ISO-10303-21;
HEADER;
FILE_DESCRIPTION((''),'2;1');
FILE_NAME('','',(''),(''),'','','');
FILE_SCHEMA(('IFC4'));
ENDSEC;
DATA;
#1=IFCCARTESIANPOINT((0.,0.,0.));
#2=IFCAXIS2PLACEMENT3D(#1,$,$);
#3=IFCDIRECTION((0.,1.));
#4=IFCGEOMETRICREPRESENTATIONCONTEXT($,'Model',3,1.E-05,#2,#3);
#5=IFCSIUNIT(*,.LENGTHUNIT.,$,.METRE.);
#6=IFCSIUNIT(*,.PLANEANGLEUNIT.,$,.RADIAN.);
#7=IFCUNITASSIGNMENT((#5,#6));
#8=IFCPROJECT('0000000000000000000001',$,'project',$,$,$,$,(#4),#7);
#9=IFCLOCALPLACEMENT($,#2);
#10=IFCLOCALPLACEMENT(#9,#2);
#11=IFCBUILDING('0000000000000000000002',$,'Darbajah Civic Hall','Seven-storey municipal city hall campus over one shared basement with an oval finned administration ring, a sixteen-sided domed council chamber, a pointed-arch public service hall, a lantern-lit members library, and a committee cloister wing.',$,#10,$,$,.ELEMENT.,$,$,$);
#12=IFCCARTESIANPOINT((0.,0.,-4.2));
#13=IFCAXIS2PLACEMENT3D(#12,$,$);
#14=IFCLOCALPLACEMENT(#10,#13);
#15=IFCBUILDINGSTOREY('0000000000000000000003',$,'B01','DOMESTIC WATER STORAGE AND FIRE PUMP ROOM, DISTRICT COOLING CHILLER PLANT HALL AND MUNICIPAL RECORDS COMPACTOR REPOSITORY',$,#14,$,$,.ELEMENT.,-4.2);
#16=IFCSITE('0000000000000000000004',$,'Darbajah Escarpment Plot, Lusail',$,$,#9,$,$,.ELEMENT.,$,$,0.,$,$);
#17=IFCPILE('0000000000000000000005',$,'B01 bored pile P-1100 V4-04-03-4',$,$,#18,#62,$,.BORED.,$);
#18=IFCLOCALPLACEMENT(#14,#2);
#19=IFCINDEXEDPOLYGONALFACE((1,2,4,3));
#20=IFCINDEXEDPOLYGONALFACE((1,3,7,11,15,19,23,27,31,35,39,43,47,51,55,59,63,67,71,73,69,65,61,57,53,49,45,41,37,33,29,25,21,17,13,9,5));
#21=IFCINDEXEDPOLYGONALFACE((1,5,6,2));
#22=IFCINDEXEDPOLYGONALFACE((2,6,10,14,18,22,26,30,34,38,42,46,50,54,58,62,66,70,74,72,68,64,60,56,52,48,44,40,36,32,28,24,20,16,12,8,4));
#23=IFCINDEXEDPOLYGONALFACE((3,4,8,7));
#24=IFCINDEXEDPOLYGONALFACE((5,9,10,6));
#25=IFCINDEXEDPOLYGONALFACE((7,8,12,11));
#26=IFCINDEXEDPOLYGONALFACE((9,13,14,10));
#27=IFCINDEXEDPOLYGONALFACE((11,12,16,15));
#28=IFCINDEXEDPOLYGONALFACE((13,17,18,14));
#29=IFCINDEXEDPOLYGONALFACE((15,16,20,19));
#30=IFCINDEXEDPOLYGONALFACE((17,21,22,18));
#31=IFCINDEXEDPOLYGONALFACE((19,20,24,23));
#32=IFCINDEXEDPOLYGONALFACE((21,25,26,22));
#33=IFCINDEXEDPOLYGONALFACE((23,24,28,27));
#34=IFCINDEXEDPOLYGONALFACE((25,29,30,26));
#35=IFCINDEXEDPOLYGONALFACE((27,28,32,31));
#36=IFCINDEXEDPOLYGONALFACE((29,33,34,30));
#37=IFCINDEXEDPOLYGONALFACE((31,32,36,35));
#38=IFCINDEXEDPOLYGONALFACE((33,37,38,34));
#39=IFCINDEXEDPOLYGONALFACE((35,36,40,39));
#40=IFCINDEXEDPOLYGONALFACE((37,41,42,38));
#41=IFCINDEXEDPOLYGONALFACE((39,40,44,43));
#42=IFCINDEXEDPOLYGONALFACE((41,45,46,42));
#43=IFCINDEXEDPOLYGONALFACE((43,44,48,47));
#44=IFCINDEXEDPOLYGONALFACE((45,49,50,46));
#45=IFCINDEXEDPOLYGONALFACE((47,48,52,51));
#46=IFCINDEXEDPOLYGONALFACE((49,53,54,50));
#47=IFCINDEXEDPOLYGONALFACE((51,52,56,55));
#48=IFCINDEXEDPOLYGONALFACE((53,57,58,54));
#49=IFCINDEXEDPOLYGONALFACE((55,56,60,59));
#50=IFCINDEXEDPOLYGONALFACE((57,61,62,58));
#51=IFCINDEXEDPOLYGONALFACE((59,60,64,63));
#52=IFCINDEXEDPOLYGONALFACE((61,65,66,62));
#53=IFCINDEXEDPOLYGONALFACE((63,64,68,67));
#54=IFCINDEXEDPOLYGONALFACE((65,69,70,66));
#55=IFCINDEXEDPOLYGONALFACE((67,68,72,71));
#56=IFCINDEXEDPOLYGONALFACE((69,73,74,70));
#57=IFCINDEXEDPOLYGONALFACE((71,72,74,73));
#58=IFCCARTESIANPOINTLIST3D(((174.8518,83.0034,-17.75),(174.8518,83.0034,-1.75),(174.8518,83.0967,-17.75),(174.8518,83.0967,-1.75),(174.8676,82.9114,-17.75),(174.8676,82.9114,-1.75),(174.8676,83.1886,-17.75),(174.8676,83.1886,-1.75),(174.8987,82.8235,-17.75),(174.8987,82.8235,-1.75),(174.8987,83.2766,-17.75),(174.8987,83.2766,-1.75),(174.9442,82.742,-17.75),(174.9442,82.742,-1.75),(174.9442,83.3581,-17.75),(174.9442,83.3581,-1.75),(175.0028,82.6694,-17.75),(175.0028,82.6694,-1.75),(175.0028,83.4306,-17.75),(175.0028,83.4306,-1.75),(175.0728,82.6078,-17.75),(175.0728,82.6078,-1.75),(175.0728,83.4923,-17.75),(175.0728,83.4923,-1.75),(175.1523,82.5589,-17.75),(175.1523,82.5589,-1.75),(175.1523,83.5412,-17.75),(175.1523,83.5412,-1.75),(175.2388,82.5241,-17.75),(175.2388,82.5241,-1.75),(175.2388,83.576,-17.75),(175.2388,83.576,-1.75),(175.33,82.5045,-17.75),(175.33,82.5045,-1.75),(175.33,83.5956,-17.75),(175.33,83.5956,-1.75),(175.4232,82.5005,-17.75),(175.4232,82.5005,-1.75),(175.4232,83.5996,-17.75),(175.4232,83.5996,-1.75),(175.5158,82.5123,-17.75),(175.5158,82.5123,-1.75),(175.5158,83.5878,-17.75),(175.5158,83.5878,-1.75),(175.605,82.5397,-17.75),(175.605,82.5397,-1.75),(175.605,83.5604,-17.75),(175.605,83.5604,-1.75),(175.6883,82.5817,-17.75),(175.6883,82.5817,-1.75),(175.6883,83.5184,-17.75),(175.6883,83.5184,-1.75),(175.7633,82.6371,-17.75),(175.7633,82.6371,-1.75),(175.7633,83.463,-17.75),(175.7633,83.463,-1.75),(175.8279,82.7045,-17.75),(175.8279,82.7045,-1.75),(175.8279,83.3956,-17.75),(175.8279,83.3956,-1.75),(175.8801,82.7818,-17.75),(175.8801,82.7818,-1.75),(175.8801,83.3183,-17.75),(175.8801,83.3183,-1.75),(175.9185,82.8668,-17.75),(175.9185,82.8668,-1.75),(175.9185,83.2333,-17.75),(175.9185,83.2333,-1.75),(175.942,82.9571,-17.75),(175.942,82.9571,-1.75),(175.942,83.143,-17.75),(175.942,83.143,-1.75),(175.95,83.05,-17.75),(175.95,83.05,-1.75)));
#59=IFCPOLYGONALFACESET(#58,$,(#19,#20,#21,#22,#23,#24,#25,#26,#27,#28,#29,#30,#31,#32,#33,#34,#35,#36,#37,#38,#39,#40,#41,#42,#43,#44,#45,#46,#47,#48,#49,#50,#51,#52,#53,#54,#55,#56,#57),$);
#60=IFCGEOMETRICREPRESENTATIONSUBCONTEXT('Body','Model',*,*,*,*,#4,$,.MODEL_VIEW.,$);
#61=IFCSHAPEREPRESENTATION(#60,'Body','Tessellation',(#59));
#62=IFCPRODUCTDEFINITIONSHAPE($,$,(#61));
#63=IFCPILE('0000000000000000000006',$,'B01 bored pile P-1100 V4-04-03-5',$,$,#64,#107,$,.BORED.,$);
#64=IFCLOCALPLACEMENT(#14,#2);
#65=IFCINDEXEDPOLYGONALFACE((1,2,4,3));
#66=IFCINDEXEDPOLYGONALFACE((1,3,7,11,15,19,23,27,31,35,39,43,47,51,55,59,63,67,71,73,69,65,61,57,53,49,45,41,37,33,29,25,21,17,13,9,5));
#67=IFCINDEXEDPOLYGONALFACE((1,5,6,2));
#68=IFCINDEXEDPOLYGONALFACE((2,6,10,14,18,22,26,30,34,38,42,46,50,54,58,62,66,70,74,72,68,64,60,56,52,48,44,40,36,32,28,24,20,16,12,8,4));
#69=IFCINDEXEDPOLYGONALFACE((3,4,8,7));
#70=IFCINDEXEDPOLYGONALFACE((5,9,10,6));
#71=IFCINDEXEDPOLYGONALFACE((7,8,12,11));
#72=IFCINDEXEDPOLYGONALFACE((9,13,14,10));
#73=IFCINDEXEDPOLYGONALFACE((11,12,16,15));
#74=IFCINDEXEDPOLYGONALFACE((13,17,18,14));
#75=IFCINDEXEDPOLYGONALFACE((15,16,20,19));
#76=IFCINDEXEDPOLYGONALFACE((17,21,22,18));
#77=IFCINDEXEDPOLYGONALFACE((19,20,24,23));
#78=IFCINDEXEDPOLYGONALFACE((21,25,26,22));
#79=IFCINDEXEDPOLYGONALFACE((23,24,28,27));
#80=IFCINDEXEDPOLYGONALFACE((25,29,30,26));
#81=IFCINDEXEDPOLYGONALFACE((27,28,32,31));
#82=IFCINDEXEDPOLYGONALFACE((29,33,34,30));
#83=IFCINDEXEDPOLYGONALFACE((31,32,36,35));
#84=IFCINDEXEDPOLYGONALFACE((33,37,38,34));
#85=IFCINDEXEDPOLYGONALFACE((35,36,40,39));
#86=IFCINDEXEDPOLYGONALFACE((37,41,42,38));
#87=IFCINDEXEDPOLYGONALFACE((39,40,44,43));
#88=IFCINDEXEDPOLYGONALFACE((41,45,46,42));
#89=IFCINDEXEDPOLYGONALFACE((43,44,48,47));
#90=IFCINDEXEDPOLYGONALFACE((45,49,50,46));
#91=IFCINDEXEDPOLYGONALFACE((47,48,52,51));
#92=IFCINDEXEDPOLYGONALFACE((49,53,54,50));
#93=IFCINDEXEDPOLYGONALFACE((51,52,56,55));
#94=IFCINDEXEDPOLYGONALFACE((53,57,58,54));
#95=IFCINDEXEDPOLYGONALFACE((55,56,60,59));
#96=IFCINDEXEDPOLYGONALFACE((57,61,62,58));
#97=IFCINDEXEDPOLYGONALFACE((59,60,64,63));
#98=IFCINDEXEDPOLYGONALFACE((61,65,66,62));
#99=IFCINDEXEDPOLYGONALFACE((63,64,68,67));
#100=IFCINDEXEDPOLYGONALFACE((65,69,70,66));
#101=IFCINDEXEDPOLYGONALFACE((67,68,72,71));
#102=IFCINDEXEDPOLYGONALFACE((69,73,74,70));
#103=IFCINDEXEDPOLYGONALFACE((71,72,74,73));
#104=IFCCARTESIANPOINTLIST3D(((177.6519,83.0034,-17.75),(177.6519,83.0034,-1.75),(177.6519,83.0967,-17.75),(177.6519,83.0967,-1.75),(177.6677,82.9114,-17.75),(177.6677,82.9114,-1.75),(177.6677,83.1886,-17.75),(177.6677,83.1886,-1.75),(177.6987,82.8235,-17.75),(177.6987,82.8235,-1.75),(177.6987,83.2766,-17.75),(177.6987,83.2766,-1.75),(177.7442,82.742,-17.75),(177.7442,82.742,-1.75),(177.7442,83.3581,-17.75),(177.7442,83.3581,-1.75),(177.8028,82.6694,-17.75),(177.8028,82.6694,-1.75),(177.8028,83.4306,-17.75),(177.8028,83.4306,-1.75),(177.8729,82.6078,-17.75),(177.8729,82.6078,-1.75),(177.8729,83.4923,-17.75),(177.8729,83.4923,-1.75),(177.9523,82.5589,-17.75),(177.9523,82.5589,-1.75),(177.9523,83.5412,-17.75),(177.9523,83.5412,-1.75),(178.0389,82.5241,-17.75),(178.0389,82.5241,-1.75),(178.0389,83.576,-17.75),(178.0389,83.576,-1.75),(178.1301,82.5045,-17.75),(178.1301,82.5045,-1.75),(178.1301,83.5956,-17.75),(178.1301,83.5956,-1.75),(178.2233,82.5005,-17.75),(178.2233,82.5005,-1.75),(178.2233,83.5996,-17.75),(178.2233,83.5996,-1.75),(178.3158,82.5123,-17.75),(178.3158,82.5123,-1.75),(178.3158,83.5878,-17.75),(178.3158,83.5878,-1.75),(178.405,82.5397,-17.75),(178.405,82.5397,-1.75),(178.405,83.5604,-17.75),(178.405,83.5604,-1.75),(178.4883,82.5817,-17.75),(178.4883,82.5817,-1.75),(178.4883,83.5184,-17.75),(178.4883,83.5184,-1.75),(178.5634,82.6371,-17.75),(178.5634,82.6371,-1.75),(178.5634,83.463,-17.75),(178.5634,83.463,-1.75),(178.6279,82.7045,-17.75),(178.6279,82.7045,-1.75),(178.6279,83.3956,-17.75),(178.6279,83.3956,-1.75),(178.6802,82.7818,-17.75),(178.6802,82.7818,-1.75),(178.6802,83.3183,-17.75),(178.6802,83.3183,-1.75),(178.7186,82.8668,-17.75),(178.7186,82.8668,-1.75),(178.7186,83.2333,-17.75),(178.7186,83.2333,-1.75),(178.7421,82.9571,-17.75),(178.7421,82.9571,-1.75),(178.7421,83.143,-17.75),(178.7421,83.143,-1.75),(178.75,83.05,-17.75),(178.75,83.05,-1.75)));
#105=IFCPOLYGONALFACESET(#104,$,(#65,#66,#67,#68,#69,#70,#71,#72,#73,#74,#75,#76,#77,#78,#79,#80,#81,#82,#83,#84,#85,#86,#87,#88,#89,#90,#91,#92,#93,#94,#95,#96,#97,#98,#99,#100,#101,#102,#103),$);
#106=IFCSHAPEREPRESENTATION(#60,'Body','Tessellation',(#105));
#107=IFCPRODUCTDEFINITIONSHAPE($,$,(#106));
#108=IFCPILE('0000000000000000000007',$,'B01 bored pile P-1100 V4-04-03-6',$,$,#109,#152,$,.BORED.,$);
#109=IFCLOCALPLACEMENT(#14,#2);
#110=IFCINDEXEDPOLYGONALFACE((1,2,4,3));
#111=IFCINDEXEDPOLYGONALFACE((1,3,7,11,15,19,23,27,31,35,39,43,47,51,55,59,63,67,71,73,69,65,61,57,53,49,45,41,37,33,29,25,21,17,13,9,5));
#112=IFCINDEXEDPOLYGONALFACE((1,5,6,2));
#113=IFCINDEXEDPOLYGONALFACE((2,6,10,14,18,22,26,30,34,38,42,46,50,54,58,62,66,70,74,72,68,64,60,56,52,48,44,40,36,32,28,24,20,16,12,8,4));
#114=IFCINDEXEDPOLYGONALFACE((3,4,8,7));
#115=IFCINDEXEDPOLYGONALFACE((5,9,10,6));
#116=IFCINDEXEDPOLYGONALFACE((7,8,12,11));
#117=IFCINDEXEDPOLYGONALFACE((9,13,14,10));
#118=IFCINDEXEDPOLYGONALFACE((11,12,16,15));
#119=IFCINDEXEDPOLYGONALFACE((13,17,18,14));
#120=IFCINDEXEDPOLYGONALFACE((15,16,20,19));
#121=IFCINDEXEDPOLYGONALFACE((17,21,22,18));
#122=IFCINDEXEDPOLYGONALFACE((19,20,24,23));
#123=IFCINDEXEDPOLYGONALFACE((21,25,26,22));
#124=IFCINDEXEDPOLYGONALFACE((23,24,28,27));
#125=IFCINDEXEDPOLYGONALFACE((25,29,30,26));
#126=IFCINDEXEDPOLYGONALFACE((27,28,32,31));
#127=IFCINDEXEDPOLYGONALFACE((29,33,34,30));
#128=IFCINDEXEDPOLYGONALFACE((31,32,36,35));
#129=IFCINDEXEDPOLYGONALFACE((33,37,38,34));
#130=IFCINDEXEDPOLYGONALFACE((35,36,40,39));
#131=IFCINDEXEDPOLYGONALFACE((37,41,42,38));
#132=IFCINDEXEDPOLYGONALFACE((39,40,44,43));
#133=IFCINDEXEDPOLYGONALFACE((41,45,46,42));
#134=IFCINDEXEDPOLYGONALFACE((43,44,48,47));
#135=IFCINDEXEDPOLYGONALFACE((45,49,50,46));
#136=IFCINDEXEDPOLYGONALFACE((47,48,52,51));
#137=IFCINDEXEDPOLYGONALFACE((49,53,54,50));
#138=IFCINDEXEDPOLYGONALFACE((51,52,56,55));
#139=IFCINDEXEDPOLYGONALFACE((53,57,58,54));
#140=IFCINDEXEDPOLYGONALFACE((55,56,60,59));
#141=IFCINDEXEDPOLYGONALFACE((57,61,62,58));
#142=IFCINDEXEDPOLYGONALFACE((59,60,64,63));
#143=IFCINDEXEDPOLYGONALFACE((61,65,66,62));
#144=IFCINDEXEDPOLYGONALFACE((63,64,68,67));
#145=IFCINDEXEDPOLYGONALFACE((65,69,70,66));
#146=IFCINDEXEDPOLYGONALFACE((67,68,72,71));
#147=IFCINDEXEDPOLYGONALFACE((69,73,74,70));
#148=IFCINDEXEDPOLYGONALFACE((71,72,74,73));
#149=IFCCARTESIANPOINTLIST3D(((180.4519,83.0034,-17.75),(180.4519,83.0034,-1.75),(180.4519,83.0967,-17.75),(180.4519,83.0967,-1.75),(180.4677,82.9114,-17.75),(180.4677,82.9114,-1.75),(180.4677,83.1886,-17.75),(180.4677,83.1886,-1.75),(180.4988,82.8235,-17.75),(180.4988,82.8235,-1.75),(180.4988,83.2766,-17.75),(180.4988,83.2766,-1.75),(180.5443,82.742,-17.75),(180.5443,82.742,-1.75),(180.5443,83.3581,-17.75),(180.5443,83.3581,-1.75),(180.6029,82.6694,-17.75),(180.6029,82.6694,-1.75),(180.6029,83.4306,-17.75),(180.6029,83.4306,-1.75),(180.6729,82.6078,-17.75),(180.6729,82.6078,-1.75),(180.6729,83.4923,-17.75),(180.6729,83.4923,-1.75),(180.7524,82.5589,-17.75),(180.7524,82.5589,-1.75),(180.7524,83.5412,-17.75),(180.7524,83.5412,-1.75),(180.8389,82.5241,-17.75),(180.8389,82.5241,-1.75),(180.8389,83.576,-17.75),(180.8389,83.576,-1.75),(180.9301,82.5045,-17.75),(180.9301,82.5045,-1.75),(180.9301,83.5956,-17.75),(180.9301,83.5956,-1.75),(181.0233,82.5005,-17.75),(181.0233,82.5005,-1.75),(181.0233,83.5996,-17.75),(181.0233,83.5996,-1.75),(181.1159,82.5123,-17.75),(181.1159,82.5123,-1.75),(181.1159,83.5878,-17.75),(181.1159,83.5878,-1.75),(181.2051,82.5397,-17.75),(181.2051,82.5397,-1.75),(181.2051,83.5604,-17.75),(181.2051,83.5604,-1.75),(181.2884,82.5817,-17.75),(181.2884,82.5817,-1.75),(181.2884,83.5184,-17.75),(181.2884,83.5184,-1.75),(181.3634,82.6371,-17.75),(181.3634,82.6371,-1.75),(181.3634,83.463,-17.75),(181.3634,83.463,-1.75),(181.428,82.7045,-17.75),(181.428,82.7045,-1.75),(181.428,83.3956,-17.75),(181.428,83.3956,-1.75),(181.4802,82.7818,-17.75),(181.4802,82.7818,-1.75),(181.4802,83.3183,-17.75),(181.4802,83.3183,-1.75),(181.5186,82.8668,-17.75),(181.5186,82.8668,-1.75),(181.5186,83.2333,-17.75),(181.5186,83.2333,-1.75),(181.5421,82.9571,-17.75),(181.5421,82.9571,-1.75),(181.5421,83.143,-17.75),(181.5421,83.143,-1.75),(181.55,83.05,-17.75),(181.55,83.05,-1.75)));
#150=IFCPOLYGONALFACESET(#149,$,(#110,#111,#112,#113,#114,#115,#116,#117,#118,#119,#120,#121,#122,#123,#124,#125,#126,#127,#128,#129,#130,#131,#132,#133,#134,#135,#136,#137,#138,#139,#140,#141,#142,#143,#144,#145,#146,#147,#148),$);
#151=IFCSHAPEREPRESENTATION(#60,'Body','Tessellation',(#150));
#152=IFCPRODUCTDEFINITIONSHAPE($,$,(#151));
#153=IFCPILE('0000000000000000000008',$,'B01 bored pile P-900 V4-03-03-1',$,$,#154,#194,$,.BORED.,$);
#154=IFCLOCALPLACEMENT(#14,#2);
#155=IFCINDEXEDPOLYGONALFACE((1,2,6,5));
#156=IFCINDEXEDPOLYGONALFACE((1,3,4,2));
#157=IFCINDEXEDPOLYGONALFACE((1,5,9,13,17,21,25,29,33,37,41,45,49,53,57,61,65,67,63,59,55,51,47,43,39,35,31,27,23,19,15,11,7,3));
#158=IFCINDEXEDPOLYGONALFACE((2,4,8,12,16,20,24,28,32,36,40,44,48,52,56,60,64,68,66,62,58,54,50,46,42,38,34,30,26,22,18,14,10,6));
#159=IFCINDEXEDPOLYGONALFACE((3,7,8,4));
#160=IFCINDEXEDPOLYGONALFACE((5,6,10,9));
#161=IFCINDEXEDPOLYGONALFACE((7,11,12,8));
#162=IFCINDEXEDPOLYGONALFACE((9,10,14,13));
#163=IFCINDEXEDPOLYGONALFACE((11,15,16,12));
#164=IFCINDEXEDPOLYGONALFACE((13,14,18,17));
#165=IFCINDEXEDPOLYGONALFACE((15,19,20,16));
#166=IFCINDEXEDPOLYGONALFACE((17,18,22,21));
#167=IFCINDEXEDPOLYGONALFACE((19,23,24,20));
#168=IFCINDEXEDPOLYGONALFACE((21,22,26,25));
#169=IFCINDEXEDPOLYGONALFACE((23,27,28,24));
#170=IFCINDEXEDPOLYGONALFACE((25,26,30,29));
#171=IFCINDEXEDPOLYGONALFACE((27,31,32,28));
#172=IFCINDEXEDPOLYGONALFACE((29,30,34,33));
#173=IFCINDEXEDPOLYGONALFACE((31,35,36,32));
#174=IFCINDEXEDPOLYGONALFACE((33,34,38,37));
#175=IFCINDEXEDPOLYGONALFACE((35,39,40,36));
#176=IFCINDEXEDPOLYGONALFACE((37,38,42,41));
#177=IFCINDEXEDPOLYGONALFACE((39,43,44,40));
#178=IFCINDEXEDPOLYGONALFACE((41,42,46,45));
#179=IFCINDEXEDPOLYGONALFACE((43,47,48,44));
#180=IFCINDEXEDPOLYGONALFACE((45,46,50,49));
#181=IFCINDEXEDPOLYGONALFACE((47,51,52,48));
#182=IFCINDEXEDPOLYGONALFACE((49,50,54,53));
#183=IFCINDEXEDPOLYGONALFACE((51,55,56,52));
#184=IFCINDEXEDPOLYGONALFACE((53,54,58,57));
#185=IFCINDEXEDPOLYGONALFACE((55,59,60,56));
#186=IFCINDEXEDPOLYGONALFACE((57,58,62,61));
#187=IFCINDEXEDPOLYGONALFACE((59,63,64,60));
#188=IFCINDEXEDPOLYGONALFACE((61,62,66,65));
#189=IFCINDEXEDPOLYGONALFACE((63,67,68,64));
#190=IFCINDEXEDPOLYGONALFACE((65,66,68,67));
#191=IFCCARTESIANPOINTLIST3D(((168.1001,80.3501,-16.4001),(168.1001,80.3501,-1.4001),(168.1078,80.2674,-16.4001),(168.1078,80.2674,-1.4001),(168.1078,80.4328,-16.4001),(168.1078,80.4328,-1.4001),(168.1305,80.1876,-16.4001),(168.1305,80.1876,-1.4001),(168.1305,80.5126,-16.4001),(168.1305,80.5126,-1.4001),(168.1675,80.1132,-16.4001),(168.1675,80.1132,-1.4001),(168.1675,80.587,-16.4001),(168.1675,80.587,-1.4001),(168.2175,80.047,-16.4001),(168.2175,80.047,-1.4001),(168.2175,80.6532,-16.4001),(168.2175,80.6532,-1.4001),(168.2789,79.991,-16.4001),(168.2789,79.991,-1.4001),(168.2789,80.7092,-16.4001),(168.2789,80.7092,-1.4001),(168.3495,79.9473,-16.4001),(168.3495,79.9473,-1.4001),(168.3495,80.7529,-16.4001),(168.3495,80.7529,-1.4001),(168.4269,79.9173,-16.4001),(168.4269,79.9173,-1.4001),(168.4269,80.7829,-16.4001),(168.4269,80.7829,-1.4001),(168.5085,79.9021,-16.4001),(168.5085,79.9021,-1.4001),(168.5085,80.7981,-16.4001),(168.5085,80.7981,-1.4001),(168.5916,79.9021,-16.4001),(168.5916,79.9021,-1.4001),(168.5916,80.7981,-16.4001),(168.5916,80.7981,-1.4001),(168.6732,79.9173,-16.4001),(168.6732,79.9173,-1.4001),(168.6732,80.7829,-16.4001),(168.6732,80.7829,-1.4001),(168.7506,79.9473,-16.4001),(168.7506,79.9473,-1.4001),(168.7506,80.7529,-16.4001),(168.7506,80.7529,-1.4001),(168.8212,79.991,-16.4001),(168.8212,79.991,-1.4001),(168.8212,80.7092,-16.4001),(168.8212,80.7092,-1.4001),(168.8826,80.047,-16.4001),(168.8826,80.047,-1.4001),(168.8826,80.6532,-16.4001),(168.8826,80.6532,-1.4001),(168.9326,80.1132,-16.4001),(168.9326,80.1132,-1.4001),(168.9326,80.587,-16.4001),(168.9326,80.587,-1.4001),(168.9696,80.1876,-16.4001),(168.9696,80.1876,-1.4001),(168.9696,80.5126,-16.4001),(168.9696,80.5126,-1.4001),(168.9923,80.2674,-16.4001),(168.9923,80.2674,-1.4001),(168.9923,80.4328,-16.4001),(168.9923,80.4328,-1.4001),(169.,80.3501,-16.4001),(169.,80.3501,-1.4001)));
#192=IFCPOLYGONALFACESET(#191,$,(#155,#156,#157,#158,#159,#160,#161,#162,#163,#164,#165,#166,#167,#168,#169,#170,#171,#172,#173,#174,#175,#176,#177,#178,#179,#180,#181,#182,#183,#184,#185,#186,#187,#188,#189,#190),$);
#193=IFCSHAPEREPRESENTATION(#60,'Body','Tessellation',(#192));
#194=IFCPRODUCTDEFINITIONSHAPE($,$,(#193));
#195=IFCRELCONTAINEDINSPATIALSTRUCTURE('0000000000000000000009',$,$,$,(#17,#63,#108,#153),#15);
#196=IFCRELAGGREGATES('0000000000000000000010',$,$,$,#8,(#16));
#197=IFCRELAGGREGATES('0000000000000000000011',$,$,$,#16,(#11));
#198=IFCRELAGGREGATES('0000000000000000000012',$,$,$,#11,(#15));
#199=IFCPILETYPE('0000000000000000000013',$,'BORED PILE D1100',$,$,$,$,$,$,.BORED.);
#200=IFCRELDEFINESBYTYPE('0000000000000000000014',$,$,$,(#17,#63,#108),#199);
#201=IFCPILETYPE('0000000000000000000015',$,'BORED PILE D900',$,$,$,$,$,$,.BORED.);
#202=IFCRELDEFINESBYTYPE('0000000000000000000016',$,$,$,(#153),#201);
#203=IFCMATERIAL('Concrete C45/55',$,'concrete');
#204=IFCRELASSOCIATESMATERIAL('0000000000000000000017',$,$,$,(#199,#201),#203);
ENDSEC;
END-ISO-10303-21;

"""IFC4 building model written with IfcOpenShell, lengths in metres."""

from ifc_helpers import new_model, si_unit, direction, frame, origin, origin_2d, place, context, subcontext, project, spatial, circle, extrude, material, material_profile, profile_set, type_object, element, save


model = new_model("IFC4")

# Units and contexts
model_context = context("Model", 3, precision=1e-05, world=origin(), true_north=direction((0.0, 1.0)))
body_context = subcontext(model_context, "Body", "Model", "MODEL_VIEW")
ifc_project = project(units=[si_unit("LENGTHUNIT", "METRE"), si_unit("PLANEANGLEUNIT", "RADIAN")], contexts=[model_context])

# Site, building, storey
site_placement = place(None, origin())
site = spatial("IfcSite", under=ifc_project, at=site_placement, Name="Darbajah Escarpment Plot, Lusail", CompositionType="ELEMENT", RefElevation=0.0)
building_placement = place(site_placement, origin())
building = spatial("IfcBuilding", under=site, at=building_placement, Name="Darbajah Civic Hall", Description="Seven-storey municipal city hall campus over one shared basement with an oval finned administration ring, a sixteen-sided domed council chamber, a pointed-arch public service hall, a lantern-lit members library, and a committee cloister wing.", CompositionType="ELEMENT")
storey_placement = place(building_placement, frame((0.0, 0.0, -4.2)))
storey = spatial("IfcBuildingStorey", under=building, at=storey_placement, Name="B01", Description="DOMESTIC WATER STORAGE AND FIRE PUMP ROOM, DISTRICT COOLING CHILLER PLANT HALL AND MUNICIPAL RECORDS COMPACTOR REPOSITORY", CompositionType="ELEMENT", Elevation=-4.2)

# Piles
ifc_material_1 = material(Name="Concrete C45/55", Category="concrete")
ifc_material_profile_1 = material_profile(ifc_material_1, circle(Radius=0.55, at=origin_2d()), Name="BORED PILE D1100")
ifc_profile_set_1 = profile_set([ifc_material_profile_1], Name="Concrete C45/55")
pile_type_1 = type_object("IfcPileType", Name="BORED PILE D1100", PredefinedType="BORED", material=ifc_profile_set_1)
for number, where, z_axis, x_axis, name in (
    (1, (175.3999, 83.05, -1.75), (0.0, 0.0, -1.0), (1.0, 0.0, 0.0), "B01 bored pile P-1100 V4-04-03-4"),
    (2, (178.2, 83.05, -1.75), (0.0, 0.0, -1.0), (1.0, 0.0, 0.0), "B01 bored pile P-1100 V4-04-03-5"),
    (3, (181.0, 83.05, -1.75), (0.0, 0.0, -1.0), (1.0, 0.0, 0.0), "B01 bored pile P-1100 V4-04-03-6"),
):
    element("IfcPile", number, at=place(storey_placement, frame(where, z_axis=z_axis, x_axis=x_axis)), inside=storey, type_object=pile_type_1, Name=name, PredefinedType="BORED", context=body_context, shape_type="SweptSolid", body=[
        extrude(circle(Radius=0.55, at=origin_2d()), origin(), (0.0, 0.0, 1.0), 16.0),
    ])
ifc_material_profile_2 = material_profile(ifc_material_1, circle(Radius=0.45, at=origin_2d()), Name="BORED PILE D900")
ifc_profile_set_2 = profile_set([ifc_material_profile_2], Name="Concrete C45/55")
pile_type_2 = type_object("IfcPileType", Name="BORED PILE D900", PredefinedType="BORED", material=ifc_profile_set_2)
for number, where, z_axis, x_axis, name in (
    (4, (168.55, 80.3501, -1.4001), (0.0, 0.0, -1.0), (1.0, 0.0, 0.0), "B01 bored pile P-900 V4-03-03-1"),
):
    element("IfcPile", number, at=place(storey_placement, frame(where, z_axis=z_axis, x_axis=x_axis)), inside=storey, type_object=pile_type_2, Name=name, PredefinedType="BORED", context=body_context, shape_type="SweptSolid", body=[
        extrude(circle(Radius=0.45, at=origin_2d()), origin(), (0.0, 0.0, 1.0), 15.0),
    ])

save(model, "model.ifc")
